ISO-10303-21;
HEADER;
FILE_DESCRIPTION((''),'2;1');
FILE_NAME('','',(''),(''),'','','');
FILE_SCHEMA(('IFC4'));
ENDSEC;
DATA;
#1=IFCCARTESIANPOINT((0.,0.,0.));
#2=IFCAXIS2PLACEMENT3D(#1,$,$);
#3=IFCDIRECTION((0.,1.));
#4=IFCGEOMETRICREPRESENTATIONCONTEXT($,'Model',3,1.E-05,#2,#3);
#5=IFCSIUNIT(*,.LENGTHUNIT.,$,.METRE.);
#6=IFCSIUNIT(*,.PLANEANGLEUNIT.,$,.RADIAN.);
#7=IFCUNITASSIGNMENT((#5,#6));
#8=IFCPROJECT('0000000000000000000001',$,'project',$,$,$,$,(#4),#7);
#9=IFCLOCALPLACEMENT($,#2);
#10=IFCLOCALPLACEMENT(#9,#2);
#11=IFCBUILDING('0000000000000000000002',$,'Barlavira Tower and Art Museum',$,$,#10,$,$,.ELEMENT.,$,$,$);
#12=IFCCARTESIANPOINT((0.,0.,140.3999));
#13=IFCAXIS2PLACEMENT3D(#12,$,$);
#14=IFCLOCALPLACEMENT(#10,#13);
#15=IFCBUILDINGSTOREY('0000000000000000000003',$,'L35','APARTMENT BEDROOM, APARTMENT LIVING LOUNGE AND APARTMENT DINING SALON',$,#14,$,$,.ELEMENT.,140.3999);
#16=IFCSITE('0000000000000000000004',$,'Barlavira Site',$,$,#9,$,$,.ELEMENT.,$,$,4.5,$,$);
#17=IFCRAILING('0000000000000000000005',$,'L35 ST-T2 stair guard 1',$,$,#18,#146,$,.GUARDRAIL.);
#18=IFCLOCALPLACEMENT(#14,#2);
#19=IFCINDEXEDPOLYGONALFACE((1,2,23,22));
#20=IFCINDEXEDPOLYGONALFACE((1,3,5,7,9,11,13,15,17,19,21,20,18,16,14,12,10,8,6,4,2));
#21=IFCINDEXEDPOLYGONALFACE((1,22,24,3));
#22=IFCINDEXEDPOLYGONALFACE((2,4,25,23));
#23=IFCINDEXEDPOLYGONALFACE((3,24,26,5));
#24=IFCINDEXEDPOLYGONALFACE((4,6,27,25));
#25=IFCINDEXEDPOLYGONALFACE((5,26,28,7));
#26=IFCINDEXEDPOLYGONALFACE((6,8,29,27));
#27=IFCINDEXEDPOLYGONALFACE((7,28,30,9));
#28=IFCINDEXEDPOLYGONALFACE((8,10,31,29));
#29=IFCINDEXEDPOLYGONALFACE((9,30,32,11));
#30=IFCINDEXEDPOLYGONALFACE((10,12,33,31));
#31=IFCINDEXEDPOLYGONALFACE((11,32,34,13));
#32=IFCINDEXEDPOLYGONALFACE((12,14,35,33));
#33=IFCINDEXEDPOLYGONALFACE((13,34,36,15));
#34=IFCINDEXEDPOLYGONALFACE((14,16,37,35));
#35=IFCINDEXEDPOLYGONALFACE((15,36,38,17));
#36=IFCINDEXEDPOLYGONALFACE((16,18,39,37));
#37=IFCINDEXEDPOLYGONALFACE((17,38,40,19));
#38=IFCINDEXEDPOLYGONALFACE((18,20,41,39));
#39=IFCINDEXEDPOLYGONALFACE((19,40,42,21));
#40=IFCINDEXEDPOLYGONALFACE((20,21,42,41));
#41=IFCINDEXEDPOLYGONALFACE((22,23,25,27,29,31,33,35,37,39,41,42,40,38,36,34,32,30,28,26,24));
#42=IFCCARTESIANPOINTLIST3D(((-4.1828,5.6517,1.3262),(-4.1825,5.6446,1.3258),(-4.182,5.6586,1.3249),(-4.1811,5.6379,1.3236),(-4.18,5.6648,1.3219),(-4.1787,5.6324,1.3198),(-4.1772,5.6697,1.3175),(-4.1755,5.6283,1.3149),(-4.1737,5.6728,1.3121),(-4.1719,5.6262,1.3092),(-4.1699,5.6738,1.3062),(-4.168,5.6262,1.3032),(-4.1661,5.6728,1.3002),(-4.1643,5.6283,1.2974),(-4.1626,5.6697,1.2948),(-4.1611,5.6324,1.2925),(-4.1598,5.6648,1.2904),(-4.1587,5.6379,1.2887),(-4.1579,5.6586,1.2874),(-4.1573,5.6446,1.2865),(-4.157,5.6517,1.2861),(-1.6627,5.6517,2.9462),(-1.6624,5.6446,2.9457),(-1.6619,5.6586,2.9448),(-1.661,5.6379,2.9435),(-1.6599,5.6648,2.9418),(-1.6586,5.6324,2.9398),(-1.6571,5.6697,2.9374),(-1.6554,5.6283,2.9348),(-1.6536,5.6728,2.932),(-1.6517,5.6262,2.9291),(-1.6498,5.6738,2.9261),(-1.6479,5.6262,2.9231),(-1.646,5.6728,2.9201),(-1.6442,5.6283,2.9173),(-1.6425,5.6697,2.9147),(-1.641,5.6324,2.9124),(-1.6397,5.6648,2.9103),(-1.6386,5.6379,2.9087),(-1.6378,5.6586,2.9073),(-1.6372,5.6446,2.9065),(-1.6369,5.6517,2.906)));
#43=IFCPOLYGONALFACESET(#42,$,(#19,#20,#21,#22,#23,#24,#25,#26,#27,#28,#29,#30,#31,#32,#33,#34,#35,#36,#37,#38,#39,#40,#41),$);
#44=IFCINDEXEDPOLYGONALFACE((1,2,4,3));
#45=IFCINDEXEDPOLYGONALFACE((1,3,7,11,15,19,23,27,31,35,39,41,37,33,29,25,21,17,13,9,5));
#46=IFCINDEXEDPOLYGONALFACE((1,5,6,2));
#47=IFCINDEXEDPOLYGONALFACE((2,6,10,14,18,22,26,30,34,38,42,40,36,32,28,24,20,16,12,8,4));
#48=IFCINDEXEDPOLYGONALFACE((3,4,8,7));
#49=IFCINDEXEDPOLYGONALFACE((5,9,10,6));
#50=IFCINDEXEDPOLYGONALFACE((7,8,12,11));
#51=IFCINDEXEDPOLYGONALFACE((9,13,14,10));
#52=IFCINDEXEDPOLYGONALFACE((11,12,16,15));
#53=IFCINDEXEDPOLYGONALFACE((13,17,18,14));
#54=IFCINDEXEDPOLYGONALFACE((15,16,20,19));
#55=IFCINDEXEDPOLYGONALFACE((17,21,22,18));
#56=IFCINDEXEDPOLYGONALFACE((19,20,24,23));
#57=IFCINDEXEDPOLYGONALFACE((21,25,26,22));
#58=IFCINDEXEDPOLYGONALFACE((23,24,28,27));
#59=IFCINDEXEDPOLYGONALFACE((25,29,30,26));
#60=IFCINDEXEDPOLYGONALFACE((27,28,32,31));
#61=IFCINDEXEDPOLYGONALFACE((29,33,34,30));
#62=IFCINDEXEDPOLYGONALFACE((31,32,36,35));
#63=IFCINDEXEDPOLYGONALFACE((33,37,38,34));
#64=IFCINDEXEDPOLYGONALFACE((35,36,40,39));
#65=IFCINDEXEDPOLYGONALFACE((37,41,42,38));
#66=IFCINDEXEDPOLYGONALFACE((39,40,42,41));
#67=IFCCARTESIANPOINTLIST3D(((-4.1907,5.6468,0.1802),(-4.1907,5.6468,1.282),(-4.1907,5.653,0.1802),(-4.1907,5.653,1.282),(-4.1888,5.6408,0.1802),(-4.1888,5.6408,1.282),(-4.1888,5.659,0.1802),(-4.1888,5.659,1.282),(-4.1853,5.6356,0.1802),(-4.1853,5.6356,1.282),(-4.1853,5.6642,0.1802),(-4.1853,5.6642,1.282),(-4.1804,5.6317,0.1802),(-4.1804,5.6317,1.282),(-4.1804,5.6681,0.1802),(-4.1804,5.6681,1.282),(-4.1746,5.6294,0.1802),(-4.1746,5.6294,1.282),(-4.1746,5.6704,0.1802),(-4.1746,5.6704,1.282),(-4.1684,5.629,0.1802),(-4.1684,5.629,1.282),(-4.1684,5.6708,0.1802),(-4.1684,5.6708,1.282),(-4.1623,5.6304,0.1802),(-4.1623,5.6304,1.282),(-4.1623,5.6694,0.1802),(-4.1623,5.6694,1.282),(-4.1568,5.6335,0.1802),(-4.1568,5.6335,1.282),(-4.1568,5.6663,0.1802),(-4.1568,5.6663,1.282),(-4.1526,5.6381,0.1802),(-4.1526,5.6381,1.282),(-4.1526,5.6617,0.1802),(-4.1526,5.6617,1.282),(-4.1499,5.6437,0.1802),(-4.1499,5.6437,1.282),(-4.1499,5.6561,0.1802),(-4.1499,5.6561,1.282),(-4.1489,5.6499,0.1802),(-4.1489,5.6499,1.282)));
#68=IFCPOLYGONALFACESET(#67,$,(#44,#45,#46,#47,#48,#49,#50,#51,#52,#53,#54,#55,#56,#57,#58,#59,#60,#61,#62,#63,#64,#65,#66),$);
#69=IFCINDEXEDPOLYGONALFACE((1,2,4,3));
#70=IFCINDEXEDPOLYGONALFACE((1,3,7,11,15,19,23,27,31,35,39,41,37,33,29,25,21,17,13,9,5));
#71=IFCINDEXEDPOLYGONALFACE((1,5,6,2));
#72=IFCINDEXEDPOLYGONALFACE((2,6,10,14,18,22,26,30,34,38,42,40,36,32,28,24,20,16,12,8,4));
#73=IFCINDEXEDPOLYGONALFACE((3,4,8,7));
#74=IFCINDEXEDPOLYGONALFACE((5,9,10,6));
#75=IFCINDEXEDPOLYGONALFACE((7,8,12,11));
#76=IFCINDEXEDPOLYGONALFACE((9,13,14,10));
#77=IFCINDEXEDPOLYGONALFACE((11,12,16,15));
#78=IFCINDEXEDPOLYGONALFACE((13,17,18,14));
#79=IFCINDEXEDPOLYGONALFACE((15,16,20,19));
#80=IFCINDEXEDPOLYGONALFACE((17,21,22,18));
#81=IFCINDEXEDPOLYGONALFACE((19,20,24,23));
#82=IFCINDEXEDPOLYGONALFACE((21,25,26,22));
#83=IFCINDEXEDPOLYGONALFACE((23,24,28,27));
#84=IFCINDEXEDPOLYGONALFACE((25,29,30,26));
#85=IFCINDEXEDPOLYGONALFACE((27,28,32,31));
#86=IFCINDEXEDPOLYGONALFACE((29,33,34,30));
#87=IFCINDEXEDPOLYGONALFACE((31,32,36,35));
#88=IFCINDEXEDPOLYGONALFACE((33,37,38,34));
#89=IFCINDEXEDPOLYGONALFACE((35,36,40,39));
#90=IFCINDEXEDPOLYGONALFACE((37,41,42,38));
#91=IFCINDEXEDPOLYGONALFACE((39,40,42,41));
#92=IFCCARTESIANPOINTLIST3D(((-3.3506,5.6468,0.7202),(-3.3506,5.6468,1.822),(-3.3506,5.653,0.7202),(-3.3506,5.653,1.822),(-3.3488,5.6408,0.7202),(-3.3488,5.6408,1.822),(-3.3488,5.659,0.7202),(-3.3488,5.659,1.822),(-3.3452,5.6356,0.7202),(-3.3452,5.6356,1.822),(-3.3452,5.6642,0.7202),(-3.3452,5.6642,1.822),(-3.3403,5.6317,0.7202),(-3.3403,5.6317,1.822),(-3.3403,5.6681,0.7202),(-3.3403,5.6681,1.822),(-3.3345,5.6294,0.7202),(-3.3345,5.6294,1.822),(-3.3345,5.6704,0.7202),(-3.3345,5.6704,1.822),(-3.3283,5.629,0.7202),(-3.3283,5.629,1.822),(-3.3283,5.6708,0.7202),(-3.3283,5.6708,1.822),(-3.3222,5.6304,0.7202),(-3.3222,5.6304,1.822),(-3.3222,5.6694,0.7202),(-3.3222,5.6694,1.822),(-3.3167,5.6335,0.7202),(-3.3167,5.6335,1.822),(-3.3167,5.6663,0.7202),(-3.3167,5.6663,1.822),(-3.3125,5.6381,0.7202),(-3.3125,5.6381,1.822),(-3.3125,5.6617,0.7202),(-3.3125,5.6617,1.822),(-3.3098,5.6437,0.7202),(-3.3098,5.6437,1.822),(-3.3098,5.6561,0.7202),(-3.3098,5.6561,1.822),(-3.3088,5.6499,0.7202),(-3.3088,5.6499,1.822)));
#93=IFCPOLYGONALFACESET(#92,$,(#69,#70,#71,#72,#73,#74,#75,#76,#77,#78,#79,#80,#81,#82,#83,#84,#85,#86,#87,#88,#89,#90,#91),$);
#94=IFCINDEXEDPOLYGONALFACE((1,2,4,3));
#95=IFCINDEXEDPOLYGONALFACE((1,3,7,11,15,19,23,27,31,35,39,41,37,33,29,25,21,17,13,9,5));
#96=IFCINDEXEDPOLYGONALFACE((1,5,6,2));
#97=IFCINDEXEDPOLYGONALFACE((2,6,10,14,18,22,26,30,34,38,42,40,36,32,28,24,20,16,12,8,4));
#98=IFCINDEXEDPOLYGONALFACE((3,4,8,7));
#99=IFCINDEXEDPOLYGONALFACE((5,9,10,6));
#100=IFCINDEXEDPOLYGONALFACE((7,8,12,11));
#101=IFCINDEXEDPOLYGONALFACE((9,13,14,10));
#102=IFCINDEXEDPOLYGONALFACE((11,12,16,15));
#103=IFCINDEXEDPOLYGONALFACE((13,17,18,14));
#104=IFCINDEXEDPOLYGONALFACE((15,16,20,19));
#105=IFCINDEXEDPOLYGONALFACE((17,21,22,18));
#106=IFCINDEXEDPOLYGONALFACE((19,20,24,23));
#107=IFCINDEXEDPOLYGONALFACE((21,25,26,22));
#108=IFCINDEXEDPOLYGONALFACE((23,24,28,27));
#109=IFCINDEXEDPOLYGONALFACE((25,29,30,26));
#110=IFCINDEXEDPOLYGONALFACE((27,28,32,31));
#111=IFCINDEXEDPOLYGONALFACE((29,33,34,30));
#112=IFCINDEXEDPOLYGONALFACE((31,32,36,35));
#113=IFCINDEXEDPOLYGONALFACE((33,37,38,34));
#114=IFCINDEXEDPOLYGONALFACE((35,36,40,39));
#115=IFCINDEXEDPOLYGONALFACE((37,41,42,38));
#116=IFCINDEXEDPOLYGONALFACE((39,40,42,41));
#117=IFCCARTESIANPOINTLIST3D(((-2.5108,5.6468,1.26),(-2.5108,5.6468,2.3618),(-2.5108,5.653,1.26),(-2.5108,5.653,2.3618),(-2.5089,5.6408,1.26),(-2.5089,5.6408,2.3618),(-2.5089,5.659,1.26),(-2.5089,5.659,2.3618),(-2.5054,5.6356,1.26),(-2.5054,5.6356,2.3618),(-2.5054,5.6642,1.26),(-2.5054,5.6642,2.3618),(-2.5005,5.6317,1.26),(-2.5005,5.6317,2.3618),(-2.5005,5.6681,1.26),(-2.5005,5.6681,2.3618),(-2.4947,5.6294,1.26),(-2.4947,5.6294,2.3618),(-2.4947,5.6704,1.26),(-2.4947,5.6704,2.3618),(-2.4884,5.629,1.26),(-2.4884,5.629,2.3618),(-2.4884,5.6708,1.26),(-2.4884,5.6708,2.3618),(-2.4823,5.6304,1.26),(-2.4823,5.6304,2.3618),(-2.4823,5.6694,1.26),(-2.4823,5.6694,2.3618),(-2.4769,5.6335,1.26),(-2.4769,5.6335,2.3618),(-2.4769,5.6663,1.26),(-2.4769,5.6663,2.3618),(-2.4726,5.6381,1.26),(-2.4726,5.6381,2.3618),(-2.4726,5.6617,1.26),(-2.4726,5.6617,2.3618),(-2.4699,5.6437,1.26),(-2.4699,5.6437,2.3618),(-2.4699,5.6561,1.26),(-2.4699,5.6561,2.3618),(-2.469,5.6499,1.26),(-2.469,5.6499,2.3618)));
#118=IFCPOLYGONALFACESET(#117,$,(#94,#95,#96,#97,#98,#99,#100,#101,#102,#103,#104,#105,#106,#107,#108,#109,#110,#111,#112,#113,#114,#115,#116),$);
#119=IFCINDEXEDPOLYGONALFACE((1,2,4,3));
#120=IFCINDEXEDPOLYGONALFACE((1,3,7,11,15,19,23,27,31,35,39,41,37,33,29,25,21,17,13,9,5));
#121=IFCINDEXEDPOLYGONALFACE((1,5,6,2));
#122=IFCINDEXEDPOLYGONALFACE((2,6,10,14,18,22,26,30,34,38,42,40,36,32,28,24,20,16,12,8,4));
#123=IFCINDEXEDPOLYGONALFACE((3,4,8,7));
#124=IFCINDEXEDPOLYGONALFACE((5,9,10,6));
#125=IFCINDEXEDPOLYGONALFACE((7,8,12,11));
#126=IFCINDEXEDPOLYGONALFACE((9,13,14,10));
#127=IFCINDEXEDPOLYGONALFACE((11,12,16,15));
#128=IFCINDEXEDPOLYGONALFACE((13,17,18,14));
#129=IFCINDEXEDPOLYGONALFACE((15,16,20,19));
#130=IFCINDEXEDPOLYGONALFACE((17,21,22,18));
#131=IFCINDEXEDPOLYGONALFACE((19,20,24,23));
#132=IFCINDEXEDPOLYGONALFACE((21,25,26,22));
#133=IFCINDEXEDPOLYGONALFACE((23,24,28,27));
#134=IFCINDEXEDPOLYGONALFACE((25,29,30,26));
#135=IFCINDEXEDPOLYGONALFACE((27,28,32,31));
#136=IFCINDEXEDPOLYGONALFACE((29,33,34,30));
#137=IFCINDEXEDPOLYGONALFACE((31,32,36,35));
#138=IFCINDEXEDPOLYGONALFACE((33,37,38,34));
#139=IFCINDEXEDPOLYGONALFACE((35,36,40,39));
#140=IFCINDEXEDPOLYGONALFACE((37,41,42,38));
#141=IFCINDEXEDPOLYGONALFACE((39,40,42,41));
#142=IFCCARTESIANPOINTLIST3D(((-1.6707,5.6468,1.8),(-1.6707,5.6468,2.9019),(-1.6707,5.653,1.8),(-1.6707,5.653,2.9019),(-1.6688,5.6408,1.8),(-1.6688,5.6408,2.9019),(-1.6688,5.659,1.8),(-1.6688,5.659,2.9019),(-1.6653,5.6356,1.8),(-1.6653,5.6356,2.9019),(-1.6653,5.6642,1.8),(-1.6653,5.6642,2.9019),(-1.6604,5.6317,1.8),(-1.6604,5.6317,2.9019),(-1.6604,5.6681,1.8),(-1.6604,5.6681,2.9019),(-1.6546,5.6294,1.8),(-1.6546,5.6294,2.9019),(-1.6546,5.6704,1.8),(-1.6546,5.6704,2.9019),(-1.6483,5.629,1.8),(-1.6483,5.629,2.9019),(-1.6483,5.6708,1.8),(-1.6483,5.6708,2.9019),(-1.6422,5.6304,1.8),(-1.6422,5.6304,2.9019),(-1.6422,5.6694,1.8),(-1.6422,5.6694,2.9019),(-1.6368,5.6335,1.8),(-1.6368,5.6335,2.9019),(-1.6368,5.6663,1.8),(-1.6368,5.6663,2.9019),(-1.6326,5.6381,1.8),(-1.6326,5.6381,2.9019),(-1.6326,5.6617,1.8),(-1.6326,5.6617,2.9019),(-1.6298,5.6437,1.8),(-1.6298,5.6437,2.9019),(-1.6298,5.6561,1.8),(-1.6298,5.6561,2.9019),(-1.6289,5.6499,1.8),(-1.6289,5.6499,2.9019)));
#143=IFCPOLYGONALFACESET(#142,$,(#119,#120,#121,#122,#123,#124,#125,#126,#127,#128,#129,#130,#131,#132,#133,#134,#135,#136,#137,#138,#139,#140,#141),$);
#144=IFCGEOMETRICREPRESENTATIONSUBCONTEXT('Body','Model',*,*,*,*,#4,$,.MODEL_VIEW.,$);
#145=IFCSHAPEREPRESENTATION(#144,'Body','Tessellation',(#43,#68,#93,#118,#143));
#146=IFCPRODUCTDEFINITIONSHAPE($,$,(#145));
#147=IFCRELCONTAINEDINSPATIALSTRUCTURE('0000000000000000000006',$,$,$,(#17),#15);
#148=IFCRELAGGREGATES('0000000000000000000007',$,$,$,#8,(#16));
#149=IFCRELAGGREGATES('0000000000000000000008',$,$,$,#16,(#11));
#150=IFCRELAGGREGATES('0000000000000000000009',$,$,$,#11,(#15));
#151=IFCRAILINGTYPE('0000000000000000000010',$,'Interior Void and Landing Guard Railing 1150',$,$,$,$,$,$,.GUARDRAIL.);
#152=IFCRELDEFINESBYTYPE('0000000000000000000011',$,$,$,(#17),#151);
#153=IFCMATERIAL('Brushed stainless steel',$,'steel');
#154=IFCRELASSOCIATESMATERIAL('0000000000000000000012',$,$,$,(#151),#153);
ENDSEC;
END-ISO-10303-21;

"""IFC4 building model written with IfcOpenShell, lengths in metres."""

from ifc_helpers import new_model, si_unit, direction, frame, origin, origin_2d, place, context, subcontext, project, spatial, circle, extrude, material, type_object, element, save


model = new_model("IFC4")

# Units and contexts
model_context = context("Model", 3, precision=1e-05, world=origin(), true_north=direction((0.0, 1.0)))
body_context = subcontext(model_context, "Body", "Model", "MODEL_VIEW")
ifc_project = project(units=[si_unit("LENGTHUNIT", "METRE"), si_unit("PLANEANGLEUNIT", "RADIAN")], contexts=[model_context])

# Site, building, storey
site_placement = place(None, origin())
site = spatial("IfcSite", under=ifc_project, at=site_placement, Name="Barlavira Site", CompositionType="ELEMENT", RefElevation=4.5)
building_placement = place(site_placement, origin())
building = spatial("IfcBuilding", under=site, at=building_placement, Name="Barlavira Tower and Art Museum", CompositionType="ELEMENT")
storey_placement = place(building_placement, frame((0.0, 0.0, 140.3999)))
storey = spatial("IfcBuildingStorey", under=building, at=storey_placement, Name="L35", Description="APARTMENT BEDROOM, APARTMENT LIVING LOUNGE AND APARTMENT DINING SALON", CompositionType="ELEMENT", Elevation=140.3999)

# Shared definitions
ifc_material_1 = material(Name="Brushed stainless steel", Category="steel")

# Railing
railing_type_1 = type_object("IfcRailingType", Name="Interior Void and Landing Guard Railing 1150", PredefinedType="GUARDRAIL", material=ifc_material_1)
railing_1_placement = place(storey_placement, frame((-4.1699, 5.6499, 0.1802)))
element("IfcRailing", 1, at=railing_1_placement, inside=storey, type_object=railing_type_1, Name="L35 ST-T2 stair guard 1", PredefinedType="GUARDRAIL", context=body_context, shape_type="SweptSolid", body=[
    extrude(circle(Radius=0.0239, at=origin_2d()), frame((0.0, 0.0, 1.126), z_axis=(0.8412, 0.0, 0.540725), x_axis=(0.0, 1.0, 0.0)), (0.0, 0.0, 1.0), 2.9958),
    extrude(circle(Radius=0.021, at=origin_2d()), origin(), (0.0, 0.0, 1.0), 1.1018),
    extrude(circle(Radius=0.021, at=origin_2d()), frame((0.8401, 0.0, 0.54)), (0.0, 0.0, 1.0), 1.1018),
    extrude(circle(Radius=0.021, at=origin_2d()), frame((1.6799, 0.0, 1.0798)), (0.0, 0.0, 1.0), 1.1018),
    extrude(circle(Radius=0.021, at=origin_2d()), frame((2.52, 0.0, 1.6199)), (0.0, 0.0, 1.0), 1.1018),
])

save(model, "model.ifc")
